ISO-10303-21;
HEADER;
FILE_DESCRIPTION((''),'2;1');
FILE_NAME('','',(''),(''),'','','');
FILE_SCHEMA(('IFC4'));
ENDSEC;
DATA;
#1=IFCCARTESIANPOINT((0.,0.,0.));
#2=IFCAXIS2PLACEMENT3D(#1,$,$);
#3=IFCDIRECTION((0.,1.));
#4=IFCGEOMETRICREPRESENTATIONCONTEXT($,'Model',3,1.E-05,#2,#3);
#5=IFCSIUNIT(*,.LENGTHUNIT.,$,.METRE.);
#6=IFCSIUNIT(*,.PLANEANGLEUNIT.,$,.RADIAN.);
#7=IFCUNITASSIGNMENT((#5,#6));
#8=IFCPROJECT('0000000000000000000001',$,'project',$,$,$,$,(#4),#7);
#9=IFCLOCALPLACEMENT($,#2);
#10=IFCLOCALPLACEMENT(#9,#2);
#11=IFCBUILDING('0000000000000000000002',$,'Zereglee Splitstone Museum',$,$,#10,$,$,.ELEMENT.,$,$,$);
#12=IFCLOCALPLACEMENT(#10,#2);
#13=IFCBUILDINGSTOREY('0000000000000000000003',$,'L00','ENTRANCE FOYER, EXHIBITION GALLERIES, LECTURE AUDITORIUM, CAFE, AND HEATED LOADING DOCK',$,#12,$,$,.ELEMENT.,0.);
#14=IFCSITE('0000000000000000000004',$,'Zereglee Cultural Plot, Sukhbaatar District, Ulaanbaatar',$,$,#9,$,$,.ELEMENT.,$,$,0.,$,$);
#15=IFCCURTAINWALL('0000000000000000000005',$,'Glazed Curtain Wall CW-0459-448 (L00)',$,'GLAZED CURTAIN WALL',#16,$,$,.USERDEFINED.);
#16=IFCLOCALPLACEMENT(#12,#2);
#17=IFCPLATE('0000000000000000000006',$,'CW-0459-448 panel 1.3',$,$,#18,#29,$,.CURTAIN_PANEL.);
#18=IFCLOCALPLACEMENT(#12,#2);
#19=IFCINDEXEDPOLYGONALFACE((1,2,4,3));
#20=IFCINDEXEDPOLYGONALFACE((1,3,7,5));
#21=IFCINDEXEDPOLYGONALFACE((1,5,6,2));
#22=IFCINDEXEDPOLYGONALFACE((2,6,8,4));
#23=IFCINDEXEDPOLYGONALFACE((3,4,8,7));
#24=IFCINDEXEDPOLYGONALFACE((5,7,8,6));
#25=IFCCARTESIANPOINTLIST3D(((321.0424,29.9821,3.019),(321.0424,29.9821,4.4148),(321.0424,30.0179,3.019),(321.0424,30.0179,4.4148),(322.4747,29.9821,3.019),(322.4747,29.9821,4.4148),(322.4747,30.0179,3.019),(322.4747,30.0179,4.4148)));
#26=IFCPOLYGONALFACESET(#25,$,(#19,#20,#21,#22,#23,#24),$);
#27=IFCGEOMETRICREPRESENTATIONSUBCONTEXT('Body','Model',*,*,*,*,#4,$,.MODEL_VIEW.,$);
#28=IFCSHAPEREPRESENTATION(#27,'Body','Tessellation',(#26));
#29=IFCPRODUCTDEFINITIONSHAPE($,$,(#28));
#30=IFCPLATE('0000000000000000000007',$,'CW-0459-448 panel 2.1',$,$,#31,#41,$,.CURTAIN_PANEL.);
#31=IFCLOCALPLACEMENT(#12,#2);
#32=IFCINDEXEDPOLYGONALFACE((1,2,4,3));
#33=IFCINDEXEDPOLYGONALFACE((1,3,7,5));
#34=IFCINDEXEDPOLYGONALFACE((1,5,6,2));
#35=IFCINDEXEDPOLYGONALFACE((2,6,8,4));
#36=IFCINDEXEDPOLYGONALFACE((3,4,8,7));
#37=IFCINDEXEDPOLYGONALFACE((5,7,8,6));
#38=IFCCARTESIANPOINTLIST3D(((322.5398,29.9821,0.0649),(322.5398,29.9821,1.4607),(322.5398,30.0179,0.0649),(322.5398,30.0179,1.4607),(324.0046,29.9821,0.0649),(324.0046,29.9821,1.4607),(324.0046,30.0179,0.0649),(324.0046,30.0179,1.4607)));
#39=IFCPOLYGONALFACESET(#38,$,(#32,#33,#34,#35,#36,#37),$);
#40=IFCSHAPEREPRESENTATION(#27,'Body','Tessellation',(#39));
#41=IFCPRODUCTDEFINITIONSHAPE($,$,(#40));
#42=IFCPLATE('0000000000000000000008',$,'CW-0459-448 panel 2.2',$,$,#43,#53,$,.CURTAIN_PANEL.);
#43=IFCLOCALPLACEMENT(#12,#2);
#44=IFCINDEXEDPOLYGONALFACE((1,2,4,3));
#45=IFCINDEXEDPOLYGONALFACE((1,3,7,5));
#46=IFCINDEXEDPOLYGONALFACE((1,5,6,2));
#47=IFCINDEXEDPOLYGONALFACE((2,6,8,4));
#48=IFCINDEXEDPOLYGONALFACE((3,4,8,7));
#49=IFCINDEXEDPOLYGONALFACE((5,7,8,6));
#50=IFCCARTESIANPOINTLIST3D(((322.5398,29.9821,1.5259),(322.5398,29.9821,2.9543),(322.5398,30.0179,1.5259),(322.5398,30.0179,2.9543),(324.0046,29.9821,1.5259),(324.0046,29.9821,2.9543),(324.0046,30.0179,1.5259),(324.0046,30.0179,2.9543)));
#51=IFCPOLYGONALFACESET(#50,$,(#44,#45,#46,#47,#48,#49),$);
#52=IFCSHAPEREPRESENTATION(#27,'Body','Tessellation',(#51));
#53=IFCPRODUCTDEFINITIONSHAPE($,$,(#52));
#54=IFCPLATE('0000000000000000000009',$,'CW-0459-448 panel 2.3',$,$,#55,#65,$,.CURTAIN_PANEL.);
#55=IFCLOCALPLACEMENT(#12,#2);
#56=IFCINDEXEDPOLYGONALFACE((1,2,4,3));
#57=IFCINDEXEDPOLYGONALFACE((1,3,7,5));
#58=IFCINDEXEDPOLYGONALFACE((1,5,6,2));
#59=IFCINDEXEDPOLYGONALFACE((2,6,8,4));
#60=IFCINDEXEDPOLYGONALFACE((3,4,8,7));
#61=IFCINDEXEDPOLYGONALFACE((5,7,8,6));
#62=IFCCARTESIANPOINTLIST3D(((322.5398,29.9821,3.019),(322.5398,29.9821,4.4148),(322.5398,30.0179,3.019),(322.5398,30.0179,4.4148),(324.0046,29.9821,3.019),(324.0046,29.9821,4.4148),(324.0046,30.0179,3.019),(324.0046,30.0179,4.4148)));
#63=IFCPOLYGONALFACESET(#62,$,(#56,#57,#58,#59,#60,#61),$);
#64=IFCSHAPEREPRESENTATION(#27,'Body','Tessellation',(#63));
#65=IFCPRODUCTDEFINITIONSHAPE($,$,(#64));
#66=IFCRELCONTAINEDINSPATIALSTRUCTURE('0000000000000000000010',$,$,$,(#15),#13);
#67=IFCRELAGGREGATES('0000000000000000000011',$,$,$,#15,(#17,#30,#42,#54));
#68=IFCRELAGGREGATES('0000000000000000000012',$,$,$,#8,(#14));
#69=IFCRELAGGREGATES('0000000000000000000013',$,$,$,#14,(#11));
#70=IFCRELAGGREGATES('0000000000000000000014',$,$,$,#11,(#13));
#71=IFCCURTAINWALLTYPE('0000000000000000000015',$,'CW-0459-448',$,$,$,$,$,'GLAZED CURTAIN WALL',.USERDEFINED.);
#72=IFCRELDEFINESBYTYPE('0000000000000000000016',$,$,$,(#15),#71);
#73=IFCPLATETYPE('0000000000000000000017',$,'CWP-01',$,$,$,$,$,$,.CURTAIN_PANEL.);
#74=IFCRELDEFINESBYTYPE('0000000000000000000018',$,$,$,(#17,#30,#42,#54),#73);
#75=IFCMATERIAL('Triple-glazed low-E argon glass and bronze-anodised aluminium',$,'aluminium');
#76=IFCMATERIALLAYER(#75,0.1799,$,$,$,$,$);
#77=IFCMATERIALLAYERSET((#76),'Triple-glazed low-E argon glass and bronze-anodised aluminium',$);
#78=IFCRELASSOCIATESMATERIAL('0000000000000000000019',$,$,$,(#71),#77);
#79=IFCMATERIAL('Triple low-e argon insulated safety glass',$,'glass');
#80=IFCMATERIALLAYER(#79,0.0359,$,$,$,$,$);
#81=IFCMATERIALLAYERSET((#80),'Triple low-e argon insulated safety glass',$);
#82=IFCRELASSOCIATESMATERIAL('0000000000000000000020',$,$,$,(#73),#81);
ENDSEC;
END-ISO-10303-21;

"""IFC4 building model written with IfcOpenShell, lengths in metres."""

from ifc_helpers import new_model, si_unit, direction, frame, origin, origin_2d, place, context, subcontext, project, spatial, rectangle, extrude, material, layer, layer_set, type_object, element, aggregate, save


model = new_model("IFC4")

# Units and contexts
model_context = context("Model", 3, precision=1e-05, world=origin(), true_north=direction((0.0, 1.0)))
body_context = subcontext(model_context, "Body", "Model", "MODEL_VIEW")
ifc_project = project(units=[si_unit("LENGTHUNIT", "METRE"), si_unit("PLANEANGLEUNIT", "RADIAN")], contexts=[model_context])

# Site, building, storey
site_placement = place(None, origin())
site = spatial("IfcSite", under=ifc_project, at=site_placement, Name="Zereglee Cultural Plot, Sukhbaatar District, Ulaanbaatar", CompositionType="ELEMENT", RefElevation=0.0)
building_placement = place(site_placement, origin())
building = spatial("IfcBuilding", under=site, at=building_placement, Name="Zereglee Splitstone Museum", CompositionType="ELEMENT")
storey_placement = place(building_placement, origin())
storey = spatial("IfcBuildingStorey", under=building, at=storey_placement, Name="L00", Description="ENTRANCE FOYER, EXHIBITION GALLERIES, LECTURE AUDITORIUM, CAFE, AND HEATED LOADING DOCK", CompositionType="ELEMENT", Elevation=0.0)

# Curtain wall
ifc_material_1 = material(Name="Triple-glazed low-E argon glass and bronze-anodised aluminium", Category="aluminium")
ifc_layer_1 = layer(ifc_material_1, 0.1799)
ifc_layer_set_1 = layer_set([ifc_layer_1], Name="Triple-glazed low-E argon glass and bronze-anodised aluminium")
curtain_wall_type_1 = type_object("IfcCurtainWallType", Name="CW-0459-448", ElementType="GLAZED CURTAIN WALL", PredefinedType="USERDEFINED", material=ifc_layer_set_1)
curtain_wall_1_placement = place(storey_placement, origin())
curtain_wall_1 = element("IfcCurtainWall", 1, at=curtain_wall_1_placement, inside=storey, type_object=curtain_wall_type_1, Name="Glazed Curtain Wall CW-0459-448 (L00)", ObjectType="GLAZED CURTAIN WALL", PredefinedType="USERDEFINED")

# Plates
ifc_material_2 = material(Name="Triple low-e argon insulated safety glass", Category="glass")
ifc_layer_2 = layer(ifc_material_2, 0.0359)
ifc_layer_set_2 = layer_set([ifc_layer_2], Name="Triple low-e argon insulated safety glass")
plate_type = type_object("IfcPlateType", Name="CWP-01", PredefinedType="CURTAIN_PANEL", material=ifc_layer_set_2)
plate_1_placement = place(storey_placement, frame((321.7585, 30.0, 3.019), z_axis=(0.0, 0.0, 1.0), x_axis=(1.0, 0.0, 0.0)))
plate_1 = element("IfcPlate", 2, at=plate_1_placement, type_object=plate_type, Name="CW-0459-448 panel 1.3", PredefinedType="CURTAIN_PANEL", context=body_context, shape_type="SweptSolid", body=[
    extrude(rectangle(XDim=1.4324, YDim=0.0359, at=origin_2d()), origin(), (0.0, 0.0, 1.0), 1.3958),
])
plate_2_placement = place(storey_placement, frame((323.2722, 30.0, 0.0649), z_axis=(0.0, 0.0, 1.0), x_axis=(1.0, 0.0, 0.0)))
plate_2 = element("IfcPlate", 3, at=plate_2_placement, type_object=plate_type, Name="CW-0459-448 panel 2.1", PredefinedType="CURTAIN_PANEL", context=body_context, shape_type="SweptSolid", body=[
    extrude(rectangle(XDim=1.4648, YDim=0.0359, at=origin_2d()), origin(), (0.0, 0.0, 1.0), 1.3958),
])
plate_3_placement = place(storey_placement, frame((323.2722, 30.0, 1.5259), z_axis=(0.0, 0.0, 1.0), x_axis=(1.0, 0.0, 0.0)))
plate_3 = element("IfcPlate", 4, at=plate_3_placement, type_object=plate_type, Name="CW-0459-448 panel 2.2", PredefinedType="CURTAIN_PANEL", context=body_context, shape_type="SweptSolid", body=[
    extrude(rectangle(XDim=1.4648, YDim=0.0359, at=origin_2d()), origin(), (0.0, 0.0, 1.0), 1.4285),
])
plate_4_placement = place(storey_placement, frame((323.2722, 30.0, 3.019), z_axis=(0.0, 0.0, 1.0), x_axis=(1.0, 0.0, 0.0)))
plate_4 = element("IfcPlate", 5, at=plate_4_placement, type_object=plate_type, Name="CW-0459-448 panel 2.3", PredefinedType="CURTAIN_PANEL", context=body_context, shape_type="SweptSolid", body=[
    extrude(rectangle(XDim=1.4648, YDim=0.0359, at=origin_2d()), origin(), (0.0, 0.0, 1.0), 1.3958),
])
aggregate(curtain_wall_1, [plate_1, plate_2, plate_3, plate_4])

save(model, "model.ifc")
